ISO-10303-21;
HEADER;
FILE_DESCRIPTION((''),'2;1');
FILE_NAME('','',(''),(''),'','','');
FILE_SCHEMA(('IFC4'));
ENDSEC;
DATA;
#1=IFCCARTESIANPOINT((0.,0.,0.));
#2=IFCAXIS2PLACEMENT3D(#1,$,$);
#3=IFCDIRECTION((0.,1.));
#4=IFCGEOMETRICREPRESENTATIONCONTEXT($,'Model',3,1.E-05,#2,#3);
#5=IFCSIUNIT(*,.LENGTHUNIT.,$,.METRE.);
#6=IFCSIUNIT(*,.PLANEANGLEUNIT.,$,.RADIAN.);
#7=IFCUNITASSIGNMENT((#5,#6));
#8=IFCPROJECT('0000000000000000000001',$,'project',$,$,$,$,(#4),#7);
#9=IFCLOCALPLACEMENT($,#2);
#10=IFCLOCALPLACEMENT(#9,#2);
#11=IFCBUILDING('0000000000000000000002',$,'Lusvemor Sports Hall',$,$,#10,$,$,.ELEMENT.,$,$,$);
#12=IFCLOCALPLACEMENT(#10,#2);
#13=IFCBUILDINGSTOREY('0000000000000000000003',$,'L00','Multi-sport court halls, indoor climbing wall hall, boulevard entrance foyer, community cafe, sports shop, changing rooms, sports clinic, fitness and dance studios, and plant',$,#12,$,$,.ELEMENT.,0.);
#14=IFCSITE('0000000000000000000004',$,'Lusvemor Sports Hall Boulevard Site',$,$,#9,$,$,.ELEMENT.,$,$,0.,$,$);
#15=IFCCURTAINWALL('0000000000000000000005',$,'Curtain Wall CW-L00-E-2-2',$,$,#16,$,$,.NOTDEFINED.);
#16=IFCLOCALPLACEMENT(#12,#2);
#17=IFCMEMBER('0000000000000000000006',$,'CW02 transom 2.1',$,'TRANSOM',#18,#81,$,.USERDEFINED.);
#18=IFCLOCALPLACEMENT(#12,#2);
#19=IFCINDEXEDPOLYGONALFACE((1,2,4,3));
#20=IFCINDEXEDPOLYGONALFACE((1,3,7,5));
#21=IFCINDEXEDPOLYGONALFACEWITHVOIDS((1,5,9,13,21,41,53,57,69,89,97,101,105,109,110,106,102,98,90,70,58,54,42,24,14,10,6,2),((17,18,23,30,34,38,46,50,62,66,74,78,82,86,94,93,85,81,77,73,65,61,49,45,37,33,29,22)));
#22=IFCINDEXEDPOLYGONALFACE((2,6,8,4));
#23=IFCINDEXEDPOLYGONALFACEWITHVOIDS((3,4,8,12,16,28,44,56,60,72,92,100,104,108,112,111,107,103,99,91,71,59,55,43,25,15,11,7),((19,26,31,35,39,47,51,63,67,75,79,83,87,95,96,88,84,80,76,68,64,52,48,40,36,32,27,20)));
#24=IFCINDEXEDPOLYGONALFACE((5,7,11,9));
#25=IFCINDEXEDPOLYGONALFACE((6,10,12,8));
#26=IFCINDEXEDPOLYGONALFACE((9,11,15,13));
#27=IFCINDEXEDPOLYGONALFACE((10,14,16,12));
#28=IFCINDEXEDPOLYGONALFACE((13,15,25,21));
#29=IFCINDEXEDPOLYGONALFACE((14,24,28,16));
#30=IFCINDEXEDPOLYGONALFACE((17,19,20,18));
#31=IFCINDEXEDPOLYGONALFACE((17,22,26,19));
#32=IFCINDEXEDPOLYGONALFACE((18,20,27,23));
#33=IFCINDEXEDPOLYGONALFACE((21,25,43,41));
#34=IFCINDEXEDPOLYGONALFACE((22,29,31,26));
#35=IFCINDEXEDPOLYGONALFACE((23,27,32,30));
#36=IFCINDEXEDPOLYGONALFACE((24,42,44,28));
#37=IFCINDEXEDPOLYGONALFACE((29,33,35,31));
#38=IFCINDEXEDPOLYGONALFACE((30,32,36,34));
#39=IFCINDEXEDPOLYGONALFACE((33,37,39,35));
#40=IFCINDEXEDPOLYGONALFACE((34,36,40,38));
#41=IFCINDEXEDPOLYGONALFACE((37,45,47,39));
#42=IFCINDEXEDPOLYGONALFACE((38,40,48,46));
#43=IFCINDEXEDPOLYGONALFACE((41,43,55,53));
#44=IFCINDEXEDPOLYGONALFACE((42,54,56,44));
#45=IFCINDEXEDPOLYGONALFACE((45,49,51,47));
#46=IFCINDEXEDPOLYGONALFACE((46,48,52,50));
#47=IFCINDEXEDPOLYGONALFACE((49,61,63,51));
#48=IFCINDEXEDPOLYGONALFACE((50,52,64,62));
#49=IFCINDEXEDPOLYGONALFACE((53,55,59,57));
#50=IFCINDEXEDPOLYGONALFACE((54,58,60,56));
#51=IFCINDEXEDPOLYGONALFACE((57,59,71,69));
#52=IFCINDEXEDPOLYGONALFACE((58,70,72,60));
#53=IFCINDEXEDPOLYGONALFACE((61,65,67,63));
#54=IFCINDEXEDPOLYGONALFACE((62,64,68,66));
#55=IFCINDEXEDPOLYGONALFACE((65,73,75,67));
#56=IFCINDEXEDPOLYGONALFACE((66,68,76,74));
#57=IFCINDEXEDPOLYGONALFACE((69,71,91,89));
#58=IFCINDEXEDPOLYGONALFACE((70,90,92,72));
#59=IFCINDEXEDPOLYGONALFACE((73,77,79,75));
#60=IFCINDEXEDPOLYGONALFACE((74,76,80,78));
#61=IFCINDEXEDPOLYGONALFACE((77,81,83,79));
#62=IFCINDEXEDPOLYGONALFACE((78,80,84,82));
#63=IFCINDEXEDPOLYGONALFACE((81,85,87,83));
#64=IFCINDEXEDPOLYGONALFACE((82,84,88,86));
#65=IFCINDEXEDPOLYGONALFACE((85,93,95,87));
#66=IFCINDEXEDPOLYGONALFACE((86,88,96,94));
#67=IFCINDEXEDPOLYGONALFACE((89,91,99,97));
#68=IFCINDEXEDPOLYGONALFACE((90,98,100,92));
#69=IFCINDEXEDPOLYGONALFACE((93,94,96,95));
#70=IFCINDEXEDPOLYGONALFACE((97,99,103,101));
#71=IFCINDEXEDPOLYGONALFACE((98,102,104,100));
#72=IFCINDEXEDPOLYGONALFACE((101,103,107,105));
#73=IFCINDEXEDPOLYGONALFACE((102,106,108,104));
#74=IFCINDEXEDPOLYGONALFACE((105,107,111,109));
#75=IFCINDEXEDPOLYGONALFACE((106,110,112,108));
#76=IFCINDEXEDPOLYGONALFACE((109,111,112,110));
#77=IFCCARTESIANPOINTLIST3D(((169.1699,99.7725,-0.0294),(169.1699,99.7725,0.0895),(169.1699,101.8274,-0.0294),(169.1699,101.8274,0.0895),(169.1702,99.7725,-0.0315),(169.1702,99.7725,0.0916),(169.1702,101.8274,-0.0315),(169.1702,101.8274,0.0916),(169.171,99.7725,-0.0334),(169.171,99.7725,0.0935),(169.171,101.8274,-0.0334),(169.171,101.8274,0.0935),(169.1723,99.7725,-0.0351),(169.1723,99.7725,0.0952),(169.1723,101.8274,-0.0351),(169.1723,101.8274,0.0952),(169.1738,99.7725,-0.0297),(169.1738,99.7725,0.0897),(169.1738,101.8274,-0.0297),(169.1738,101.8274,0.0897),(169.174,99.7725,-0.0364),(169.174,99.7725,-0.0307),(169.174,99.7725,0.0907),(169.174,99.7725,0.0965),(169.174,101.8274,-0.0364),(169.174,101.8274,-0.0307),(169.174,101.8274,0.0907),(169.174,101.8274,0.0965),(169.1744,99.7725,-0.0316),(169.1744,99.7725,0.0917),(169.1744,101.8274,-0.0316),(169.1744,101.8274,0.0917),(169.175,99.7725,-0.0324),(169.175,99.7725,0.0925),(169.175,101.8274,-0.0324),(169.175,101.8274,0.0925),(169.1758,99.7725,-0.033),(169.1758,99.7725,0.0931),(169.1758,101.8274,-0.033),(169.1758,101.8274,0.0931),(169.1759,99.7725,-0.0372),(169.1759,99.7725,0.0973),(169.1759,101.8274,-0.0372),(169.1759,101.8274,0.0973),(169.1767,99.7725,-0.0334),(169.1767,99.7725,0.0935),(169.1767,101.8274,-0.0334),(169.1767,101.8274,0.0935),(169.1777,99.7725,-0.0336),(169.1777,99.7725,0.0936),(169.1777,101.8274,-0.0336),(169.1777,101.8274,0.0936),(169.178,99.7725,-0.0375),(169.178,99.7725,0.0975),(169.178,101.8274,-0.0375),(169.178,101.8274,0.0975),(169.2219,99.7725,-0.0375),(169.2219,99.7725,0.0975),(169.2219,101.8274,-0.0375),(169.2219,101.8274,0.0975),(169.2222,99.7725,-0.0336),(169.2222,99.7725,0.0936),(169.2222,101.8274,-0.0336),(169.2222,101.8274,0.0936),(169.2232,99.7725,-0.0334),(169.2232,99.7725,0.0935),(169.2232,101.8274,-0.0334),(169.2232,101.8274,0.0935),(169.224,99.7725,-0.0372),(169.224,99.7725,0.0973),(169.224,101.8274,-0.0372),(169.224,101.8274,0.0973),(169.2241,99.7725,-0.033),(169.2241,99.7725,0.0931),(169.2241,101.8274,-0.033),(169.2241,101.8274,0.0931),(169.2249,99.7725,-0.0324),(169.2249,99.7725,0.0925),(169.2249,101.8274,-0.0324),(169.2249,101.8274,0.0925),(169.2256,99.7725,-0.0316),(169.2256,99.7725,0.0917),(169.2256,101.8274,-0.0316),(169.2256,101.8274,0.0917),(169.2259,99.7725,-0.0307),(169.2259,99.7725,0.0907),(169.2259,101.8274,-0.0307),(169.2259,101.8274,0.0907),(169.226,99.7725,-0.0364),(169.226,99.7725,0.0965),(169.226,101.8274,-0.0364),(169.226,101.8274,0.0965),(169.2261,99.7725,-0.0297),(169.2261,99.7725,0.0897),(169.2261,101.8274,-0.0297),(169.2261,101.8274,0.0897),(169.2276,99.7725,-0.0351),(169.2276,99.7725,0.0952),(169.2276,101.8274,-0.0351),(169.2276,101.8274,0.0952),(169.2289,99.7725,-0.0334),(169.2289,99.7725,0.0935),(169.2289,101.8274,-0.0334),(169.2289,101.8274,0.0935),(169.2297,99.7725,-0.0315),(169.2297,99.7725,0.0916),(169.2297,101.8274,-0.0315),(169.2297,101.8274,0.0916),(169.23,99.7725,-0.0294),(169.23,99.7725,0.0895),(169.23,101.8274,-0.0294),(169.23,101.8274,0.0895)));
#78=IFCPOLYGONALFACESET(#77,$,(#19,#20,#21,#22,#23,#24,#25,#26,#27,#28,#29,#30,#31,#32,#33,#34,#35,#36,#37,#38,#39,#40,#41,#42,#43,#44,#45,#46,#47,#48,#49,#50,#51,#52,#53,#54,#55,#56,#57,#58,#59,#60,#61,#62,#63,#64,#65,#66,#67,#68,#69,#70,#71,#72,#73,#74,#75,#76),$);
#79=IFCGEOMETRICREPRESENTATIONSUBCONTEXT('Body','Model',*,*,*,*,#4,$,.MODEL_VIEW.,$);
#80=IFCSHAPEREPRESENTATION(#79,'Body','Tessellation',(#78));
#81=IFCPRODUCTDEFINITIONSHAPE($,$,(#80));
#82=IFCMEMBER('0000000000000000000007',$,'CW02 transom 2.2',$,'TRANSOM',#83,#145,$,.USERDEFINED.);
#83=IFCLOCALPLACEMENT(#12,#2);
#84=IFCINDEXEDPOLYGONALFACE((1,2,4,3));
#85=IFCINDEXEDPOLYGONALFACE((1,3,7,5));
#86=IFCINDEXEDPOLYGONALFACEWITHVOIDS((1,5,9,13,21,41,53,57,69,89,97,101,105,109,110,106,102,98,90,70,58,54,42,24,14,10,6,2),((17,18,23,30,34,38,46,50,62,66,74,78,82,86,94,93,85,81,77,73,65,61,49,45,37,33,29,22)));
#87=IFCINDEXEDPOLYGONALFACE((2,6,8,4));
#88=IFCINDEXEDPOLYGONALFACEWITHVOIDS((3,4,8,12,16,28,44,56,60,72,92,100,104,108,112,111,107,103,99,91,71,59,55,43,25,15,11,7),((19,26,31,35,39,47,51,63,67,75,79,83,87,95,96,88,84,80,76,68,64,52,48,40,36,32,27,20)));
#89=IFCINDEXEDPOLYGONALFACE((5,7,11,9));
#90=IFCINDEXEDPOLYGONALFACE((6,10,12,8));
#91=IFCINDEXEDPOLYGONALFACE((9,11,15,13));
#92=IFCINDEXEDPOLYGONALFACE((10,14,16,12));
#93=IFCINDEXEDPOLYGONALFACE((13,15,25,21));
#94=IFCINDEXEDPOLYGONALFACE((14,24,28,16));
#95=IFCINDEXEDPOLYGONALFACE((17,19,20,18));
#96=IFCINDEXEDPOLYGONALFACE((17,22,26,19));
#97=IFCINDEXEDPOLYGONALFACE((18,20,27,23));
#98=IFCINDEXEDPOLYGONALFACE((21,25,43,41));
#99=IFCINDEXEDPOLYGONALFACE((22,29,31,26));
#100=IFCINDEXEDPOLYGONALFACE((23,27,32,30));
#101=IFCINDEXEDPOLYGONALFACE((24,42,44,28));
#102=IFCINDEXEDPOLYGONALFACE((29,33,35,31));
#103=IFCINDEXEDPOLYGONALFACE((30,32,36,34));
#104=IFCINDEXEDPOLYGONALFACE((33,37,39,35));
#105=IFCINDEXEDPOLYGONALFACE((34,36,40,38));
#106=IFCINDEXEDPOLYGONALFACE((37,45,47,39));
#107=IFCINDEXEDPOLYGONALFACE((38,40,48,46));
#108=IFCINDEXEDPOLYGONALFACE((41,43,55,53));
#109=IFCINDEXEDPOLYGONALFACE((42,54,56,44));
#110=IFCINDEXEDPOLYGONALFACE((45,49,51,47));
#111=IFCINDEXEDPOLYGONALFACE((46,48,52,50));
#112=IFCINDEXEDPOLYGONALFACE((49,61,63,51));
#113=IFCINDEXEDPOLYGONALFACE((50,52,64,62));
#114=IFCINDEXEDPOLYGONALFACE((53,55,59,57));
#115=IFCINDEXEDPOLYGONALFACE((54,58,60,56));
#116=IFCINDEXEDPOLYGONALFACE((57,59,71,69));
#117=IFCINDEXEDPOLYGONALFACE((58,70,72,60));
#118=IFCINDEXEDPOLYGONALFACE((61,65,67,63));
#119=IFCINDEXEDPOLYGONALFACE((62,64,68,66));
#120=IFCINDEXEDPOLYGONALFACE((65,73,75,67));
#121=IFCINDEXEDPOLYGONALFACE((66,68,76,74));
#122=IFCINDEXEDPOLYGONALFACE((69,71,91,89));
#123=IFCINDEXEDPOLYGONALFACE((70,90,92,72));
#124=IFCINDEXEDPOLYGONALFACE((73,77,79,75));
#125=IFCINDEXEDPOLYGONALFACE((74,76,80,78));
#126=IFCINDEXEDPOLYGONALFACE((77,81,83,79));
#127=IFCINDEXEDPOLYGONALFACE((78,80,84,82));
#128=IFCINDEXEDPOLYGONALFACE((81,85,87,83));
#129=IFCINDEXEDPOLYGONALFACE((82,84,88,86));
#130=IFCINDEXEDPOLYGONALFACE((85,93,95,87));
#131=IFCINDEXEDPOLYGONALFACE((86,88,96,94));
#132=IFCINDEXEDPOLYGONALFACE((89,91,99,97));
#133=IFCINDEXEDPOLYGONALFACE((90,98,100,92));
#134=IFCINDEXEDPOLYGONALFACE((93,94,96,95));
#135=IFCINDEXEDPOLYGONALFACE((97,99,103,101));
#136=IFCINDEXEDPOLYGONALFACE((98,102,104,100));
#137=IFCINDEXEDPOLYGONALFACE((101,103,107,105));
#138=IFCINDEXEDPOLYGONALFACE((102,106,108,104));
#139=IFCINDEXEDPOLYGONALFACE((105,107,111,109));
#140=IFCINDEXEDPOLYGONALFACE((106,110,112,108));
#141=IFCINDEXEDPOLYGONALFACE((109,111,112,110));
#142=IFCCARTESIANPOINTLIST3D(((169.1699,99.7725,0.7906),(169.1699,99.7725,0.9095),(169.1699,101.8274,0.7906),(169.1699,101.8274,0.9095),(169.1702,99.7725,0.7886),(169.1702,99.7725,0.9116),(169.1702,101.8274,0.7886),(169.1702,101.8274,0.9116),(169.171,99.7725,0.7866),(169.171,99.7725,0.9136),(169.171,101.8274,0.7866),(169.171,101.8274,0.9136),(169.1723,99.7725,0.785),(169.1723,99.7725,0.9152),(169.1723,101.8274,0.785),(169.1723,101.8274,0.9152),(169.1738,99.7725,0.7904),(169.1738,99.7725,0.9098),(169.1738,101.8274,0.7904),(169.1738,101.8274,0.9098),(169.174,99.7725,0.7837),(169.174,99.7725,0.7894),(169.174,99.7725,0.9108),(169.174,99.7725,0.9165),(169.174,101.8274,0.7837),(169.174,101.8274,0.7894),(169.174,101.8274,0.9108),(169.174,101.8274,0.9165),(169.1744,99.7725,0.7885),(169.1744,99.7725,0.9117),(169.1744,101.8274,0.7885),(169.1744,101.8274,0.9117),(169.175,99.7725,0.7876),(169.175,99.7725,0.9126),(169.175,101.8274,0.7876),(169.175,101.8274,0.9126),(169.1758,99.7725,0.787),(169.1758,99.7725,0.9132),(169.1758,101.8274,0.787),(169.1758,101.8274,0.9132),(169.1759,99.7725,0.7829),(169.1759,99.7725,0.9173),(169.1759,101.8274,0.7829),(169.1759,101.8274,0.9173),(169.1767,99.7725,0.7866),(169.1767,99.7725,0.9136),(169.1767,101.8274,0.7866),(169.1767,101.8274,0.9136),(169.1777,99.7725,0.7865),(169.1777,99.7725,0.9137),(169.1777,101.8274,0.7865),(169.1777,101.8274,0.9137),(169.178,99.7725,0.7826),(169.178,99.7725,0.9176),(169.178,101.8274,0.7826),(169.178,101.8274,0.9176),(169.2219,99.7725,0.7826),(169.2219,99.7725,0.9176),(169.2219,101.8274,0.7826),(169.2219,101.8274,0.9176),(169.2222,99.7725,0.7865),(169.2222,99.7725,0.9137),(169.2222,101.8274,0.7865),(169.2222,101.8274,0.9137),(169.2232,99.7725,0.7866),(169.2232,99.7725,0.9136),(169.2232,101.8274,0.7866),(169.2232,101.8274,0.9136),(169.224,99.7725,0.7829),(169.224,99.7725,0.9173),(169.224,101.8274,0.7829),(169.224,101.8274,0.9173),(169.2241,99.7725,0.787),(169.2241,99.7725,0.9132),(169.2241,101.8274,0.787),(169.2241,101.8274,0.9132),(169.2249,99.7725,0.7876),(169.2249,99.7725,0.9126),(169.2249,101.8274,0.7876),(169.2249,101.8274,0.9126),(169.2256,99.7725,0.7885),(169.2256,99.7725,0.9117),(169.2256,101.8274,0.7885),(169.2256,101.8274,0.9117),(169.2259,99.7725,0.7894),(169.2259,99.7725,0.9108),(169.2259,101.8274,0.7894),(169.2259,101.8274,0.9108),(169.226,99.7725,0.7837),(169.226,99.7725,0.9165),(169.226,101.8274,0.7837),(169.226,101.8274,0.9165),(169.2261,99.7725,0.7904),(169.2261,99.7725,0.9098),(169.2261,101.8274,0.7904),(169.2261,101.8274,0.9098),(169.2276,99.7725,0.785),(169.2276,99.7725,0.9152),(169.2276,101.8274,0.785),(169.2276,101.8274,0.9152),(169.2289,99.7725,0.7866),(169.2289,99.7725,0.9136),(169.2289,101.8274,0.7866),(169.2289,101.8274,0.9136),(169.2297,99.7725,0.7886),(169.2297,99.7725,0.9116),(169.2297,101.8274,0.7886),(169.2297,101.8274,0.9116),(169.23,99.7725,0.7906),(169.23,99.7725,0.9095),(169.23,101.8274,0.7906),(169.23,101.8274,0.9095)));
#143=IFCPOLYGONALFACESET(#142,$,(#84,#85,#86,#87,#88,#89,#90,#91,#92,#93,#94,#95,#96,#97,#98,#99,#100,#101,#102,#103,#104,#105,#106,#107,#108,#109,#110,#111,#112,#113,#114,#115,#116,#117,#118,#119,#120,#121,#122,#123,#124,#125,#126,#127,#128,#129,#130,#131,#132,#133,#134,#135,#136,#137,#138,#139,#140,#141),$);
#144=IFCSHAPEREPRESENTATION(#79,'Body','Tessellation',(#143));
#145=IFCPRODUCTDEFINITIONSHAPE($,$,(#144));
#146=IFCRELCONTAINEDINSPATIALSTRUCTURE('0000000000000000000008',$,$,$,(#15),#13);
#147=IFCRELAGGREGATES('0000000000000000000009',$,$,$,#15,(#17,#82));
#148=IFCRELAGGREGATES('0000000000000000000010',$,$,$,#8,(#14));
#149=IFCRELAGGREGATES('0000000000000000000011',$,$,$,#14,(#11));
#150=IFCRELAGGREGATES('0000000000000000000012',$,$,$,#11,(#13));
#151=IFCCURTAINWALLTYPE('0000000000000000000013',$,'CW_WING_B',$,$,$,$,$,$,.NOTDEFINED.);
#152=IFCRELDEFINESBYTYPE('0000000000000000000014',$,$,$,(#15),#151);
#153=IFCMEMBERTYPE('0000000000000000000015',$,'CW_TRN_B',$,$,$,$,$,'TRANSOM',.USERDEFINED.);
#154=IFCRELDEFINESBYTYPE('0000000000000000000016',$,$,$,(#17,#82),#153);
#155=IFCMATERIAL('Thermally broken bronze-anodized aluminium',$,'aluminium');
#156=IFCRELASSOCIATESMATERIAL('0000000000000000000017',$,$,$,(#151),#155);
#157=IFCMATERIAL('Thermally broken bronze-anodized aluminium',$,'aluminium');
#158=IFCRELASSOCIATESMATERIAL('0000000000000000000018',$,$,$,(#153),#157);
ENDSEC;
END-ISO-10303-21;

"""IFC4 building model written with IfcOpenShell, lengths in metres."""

from ifc_helpers import new_model, si_unit, direction, frame, origin, origin_2d, place, context, subcontext, project, spatial, hollow_rectangle, extrude, material, material_profile, profile_set, type_object, element, aggregate, save


model = new_model("IFC4")

# Units and contexts
model_context = context("Model", 3, precision=1e-05, world=origin(), true_north=direction((0.0, 1.0)))
body_context = subcontext(model_context, "Body", "Model", "MODEL_VIEW")
ifc_project = project(units=[si_unit("LENGTHUNIT", "METRE"), si_unit("PLANEANGLEUNIT", "RADIAN")], contexts=[model_context])

# Site, building, storey
site_placement = place(None, origin())
site = spatial("IfcSite", under=ifc_project, at=site_placement, Name="Lusvemor Sports Hall Boulevard Site", CompositionType="ELEMENT", RefElevation=0.0)
building_placement = place(site_placement, origin())
building = spatial("IfcBuilding", under=site, at=building_placement, Name="Lusvemor Sports Hall", CompositionType="ELEMENT")
storey_placement = place(building_placement, origin())
storey = spatial("IfcBuildingStorey", under=building, at=storey_placement, Name="L00", Description="Multi-sport court halls, indoor climbing wall hall, boulevard entrance foyer, community cafe, sports shop, changing rooms, sports clinic, fitness and dance studios, and plant", CompositionType="ELEMENT", Elevation=0.0)

# Curtain wall, members
ifc_material_1 = material(Name="Thermally broken bronze-anodized aluminium", Category="aluminium")
curtain_wall_type = type_object("IfcCurtainWallType", Name="CW_WING_B", PredefinedType="NOTDEFINED", material=ifc_material_1)
curtain_wall_placement = place(storey_placement, origin())
curtain_wall = element("IfcCurtainWall", 1, at=curtain_wall_placement, inside=storey, type_object=curtain_wall_type, Name="Curtain Wall CW-L00-E-2-2", PredefinedType="NOTDEFINED")
ifc_material_2 = material(Name="Thermally broken bronze-anodized aluminium", Category="aluminium")
ifc_material_profile_1 = material_profile(ifc_material_2, hollow_rectangle(XDim=0.0601, YDim=0.135, WallThickness=0.0039, InnerFilletRadius=0.0039, OuterFilletRadius=0.0081, at=origin_2d()), Name="CWTRN135x60x4")
ifc_profile_set_1 = profile_set([ifc_material_profile_1], Name="Thermally broken bronze-anodized aluminium")
member_type_1 = type_object("IfcMemberType", Name="CW_TRN_B", ElementType="TRANSOM", PredefinedType="USERDEFINED", material=ifc_profile_set_1)
member_1_placement = place(storey_placement, frame((169.2, 101.8274, 0.03), z_axis=(0.0, -1.0, 0.0), x_axis=(1.0, 0.0, 0.0)))
member_1 = element("IfcMember", 2, at=member_1_placement, type_object=member_type_1, Name="CW02 transom 2.1", ObjectType="TRANSOM", PredefinedType="USERDEFINED", context=body_context, shape_type="SweptSolid", body=[
    extrude(hollow_rectangle(XDim=0.0601, YDim=0.135, WallThickness=0.0039, InnerFilletRadius=0.0039, OuterFilletRadius=0.0081, at=origin_2d()), origin(), (0.0, 0.0, 1.0), 2.0549),
])
member_2_placement = place(storey_placement, frame((169.2, 101.8274, 0.8501), z_axis=(0.0, -1.0, 0.0), x_axis=(1.0, 0.0, 0.0)))
member_2 = element("IfcMember", 3, at=member_2_placement, type_object=member_type_1, Name="CW02 transom 2.2", ObjectType="TRANSOM", PredefinedType="USERDEFINED", context=body_context, shape_type="SweptSolid", body=[
    extrude(hollow_rectangle(XDim=0.0601, YDim=0.135, WallThickness=0.0039, InnerFilletRadius=0.0039, OuterFilletRadius=0.0081, at=origin_2d()), origin(), (0.0, 0.0, 1.0), 2.0549),
])
aggregate(curtain_wall, [member_1, member_2])

save(model, "model.ifc")
